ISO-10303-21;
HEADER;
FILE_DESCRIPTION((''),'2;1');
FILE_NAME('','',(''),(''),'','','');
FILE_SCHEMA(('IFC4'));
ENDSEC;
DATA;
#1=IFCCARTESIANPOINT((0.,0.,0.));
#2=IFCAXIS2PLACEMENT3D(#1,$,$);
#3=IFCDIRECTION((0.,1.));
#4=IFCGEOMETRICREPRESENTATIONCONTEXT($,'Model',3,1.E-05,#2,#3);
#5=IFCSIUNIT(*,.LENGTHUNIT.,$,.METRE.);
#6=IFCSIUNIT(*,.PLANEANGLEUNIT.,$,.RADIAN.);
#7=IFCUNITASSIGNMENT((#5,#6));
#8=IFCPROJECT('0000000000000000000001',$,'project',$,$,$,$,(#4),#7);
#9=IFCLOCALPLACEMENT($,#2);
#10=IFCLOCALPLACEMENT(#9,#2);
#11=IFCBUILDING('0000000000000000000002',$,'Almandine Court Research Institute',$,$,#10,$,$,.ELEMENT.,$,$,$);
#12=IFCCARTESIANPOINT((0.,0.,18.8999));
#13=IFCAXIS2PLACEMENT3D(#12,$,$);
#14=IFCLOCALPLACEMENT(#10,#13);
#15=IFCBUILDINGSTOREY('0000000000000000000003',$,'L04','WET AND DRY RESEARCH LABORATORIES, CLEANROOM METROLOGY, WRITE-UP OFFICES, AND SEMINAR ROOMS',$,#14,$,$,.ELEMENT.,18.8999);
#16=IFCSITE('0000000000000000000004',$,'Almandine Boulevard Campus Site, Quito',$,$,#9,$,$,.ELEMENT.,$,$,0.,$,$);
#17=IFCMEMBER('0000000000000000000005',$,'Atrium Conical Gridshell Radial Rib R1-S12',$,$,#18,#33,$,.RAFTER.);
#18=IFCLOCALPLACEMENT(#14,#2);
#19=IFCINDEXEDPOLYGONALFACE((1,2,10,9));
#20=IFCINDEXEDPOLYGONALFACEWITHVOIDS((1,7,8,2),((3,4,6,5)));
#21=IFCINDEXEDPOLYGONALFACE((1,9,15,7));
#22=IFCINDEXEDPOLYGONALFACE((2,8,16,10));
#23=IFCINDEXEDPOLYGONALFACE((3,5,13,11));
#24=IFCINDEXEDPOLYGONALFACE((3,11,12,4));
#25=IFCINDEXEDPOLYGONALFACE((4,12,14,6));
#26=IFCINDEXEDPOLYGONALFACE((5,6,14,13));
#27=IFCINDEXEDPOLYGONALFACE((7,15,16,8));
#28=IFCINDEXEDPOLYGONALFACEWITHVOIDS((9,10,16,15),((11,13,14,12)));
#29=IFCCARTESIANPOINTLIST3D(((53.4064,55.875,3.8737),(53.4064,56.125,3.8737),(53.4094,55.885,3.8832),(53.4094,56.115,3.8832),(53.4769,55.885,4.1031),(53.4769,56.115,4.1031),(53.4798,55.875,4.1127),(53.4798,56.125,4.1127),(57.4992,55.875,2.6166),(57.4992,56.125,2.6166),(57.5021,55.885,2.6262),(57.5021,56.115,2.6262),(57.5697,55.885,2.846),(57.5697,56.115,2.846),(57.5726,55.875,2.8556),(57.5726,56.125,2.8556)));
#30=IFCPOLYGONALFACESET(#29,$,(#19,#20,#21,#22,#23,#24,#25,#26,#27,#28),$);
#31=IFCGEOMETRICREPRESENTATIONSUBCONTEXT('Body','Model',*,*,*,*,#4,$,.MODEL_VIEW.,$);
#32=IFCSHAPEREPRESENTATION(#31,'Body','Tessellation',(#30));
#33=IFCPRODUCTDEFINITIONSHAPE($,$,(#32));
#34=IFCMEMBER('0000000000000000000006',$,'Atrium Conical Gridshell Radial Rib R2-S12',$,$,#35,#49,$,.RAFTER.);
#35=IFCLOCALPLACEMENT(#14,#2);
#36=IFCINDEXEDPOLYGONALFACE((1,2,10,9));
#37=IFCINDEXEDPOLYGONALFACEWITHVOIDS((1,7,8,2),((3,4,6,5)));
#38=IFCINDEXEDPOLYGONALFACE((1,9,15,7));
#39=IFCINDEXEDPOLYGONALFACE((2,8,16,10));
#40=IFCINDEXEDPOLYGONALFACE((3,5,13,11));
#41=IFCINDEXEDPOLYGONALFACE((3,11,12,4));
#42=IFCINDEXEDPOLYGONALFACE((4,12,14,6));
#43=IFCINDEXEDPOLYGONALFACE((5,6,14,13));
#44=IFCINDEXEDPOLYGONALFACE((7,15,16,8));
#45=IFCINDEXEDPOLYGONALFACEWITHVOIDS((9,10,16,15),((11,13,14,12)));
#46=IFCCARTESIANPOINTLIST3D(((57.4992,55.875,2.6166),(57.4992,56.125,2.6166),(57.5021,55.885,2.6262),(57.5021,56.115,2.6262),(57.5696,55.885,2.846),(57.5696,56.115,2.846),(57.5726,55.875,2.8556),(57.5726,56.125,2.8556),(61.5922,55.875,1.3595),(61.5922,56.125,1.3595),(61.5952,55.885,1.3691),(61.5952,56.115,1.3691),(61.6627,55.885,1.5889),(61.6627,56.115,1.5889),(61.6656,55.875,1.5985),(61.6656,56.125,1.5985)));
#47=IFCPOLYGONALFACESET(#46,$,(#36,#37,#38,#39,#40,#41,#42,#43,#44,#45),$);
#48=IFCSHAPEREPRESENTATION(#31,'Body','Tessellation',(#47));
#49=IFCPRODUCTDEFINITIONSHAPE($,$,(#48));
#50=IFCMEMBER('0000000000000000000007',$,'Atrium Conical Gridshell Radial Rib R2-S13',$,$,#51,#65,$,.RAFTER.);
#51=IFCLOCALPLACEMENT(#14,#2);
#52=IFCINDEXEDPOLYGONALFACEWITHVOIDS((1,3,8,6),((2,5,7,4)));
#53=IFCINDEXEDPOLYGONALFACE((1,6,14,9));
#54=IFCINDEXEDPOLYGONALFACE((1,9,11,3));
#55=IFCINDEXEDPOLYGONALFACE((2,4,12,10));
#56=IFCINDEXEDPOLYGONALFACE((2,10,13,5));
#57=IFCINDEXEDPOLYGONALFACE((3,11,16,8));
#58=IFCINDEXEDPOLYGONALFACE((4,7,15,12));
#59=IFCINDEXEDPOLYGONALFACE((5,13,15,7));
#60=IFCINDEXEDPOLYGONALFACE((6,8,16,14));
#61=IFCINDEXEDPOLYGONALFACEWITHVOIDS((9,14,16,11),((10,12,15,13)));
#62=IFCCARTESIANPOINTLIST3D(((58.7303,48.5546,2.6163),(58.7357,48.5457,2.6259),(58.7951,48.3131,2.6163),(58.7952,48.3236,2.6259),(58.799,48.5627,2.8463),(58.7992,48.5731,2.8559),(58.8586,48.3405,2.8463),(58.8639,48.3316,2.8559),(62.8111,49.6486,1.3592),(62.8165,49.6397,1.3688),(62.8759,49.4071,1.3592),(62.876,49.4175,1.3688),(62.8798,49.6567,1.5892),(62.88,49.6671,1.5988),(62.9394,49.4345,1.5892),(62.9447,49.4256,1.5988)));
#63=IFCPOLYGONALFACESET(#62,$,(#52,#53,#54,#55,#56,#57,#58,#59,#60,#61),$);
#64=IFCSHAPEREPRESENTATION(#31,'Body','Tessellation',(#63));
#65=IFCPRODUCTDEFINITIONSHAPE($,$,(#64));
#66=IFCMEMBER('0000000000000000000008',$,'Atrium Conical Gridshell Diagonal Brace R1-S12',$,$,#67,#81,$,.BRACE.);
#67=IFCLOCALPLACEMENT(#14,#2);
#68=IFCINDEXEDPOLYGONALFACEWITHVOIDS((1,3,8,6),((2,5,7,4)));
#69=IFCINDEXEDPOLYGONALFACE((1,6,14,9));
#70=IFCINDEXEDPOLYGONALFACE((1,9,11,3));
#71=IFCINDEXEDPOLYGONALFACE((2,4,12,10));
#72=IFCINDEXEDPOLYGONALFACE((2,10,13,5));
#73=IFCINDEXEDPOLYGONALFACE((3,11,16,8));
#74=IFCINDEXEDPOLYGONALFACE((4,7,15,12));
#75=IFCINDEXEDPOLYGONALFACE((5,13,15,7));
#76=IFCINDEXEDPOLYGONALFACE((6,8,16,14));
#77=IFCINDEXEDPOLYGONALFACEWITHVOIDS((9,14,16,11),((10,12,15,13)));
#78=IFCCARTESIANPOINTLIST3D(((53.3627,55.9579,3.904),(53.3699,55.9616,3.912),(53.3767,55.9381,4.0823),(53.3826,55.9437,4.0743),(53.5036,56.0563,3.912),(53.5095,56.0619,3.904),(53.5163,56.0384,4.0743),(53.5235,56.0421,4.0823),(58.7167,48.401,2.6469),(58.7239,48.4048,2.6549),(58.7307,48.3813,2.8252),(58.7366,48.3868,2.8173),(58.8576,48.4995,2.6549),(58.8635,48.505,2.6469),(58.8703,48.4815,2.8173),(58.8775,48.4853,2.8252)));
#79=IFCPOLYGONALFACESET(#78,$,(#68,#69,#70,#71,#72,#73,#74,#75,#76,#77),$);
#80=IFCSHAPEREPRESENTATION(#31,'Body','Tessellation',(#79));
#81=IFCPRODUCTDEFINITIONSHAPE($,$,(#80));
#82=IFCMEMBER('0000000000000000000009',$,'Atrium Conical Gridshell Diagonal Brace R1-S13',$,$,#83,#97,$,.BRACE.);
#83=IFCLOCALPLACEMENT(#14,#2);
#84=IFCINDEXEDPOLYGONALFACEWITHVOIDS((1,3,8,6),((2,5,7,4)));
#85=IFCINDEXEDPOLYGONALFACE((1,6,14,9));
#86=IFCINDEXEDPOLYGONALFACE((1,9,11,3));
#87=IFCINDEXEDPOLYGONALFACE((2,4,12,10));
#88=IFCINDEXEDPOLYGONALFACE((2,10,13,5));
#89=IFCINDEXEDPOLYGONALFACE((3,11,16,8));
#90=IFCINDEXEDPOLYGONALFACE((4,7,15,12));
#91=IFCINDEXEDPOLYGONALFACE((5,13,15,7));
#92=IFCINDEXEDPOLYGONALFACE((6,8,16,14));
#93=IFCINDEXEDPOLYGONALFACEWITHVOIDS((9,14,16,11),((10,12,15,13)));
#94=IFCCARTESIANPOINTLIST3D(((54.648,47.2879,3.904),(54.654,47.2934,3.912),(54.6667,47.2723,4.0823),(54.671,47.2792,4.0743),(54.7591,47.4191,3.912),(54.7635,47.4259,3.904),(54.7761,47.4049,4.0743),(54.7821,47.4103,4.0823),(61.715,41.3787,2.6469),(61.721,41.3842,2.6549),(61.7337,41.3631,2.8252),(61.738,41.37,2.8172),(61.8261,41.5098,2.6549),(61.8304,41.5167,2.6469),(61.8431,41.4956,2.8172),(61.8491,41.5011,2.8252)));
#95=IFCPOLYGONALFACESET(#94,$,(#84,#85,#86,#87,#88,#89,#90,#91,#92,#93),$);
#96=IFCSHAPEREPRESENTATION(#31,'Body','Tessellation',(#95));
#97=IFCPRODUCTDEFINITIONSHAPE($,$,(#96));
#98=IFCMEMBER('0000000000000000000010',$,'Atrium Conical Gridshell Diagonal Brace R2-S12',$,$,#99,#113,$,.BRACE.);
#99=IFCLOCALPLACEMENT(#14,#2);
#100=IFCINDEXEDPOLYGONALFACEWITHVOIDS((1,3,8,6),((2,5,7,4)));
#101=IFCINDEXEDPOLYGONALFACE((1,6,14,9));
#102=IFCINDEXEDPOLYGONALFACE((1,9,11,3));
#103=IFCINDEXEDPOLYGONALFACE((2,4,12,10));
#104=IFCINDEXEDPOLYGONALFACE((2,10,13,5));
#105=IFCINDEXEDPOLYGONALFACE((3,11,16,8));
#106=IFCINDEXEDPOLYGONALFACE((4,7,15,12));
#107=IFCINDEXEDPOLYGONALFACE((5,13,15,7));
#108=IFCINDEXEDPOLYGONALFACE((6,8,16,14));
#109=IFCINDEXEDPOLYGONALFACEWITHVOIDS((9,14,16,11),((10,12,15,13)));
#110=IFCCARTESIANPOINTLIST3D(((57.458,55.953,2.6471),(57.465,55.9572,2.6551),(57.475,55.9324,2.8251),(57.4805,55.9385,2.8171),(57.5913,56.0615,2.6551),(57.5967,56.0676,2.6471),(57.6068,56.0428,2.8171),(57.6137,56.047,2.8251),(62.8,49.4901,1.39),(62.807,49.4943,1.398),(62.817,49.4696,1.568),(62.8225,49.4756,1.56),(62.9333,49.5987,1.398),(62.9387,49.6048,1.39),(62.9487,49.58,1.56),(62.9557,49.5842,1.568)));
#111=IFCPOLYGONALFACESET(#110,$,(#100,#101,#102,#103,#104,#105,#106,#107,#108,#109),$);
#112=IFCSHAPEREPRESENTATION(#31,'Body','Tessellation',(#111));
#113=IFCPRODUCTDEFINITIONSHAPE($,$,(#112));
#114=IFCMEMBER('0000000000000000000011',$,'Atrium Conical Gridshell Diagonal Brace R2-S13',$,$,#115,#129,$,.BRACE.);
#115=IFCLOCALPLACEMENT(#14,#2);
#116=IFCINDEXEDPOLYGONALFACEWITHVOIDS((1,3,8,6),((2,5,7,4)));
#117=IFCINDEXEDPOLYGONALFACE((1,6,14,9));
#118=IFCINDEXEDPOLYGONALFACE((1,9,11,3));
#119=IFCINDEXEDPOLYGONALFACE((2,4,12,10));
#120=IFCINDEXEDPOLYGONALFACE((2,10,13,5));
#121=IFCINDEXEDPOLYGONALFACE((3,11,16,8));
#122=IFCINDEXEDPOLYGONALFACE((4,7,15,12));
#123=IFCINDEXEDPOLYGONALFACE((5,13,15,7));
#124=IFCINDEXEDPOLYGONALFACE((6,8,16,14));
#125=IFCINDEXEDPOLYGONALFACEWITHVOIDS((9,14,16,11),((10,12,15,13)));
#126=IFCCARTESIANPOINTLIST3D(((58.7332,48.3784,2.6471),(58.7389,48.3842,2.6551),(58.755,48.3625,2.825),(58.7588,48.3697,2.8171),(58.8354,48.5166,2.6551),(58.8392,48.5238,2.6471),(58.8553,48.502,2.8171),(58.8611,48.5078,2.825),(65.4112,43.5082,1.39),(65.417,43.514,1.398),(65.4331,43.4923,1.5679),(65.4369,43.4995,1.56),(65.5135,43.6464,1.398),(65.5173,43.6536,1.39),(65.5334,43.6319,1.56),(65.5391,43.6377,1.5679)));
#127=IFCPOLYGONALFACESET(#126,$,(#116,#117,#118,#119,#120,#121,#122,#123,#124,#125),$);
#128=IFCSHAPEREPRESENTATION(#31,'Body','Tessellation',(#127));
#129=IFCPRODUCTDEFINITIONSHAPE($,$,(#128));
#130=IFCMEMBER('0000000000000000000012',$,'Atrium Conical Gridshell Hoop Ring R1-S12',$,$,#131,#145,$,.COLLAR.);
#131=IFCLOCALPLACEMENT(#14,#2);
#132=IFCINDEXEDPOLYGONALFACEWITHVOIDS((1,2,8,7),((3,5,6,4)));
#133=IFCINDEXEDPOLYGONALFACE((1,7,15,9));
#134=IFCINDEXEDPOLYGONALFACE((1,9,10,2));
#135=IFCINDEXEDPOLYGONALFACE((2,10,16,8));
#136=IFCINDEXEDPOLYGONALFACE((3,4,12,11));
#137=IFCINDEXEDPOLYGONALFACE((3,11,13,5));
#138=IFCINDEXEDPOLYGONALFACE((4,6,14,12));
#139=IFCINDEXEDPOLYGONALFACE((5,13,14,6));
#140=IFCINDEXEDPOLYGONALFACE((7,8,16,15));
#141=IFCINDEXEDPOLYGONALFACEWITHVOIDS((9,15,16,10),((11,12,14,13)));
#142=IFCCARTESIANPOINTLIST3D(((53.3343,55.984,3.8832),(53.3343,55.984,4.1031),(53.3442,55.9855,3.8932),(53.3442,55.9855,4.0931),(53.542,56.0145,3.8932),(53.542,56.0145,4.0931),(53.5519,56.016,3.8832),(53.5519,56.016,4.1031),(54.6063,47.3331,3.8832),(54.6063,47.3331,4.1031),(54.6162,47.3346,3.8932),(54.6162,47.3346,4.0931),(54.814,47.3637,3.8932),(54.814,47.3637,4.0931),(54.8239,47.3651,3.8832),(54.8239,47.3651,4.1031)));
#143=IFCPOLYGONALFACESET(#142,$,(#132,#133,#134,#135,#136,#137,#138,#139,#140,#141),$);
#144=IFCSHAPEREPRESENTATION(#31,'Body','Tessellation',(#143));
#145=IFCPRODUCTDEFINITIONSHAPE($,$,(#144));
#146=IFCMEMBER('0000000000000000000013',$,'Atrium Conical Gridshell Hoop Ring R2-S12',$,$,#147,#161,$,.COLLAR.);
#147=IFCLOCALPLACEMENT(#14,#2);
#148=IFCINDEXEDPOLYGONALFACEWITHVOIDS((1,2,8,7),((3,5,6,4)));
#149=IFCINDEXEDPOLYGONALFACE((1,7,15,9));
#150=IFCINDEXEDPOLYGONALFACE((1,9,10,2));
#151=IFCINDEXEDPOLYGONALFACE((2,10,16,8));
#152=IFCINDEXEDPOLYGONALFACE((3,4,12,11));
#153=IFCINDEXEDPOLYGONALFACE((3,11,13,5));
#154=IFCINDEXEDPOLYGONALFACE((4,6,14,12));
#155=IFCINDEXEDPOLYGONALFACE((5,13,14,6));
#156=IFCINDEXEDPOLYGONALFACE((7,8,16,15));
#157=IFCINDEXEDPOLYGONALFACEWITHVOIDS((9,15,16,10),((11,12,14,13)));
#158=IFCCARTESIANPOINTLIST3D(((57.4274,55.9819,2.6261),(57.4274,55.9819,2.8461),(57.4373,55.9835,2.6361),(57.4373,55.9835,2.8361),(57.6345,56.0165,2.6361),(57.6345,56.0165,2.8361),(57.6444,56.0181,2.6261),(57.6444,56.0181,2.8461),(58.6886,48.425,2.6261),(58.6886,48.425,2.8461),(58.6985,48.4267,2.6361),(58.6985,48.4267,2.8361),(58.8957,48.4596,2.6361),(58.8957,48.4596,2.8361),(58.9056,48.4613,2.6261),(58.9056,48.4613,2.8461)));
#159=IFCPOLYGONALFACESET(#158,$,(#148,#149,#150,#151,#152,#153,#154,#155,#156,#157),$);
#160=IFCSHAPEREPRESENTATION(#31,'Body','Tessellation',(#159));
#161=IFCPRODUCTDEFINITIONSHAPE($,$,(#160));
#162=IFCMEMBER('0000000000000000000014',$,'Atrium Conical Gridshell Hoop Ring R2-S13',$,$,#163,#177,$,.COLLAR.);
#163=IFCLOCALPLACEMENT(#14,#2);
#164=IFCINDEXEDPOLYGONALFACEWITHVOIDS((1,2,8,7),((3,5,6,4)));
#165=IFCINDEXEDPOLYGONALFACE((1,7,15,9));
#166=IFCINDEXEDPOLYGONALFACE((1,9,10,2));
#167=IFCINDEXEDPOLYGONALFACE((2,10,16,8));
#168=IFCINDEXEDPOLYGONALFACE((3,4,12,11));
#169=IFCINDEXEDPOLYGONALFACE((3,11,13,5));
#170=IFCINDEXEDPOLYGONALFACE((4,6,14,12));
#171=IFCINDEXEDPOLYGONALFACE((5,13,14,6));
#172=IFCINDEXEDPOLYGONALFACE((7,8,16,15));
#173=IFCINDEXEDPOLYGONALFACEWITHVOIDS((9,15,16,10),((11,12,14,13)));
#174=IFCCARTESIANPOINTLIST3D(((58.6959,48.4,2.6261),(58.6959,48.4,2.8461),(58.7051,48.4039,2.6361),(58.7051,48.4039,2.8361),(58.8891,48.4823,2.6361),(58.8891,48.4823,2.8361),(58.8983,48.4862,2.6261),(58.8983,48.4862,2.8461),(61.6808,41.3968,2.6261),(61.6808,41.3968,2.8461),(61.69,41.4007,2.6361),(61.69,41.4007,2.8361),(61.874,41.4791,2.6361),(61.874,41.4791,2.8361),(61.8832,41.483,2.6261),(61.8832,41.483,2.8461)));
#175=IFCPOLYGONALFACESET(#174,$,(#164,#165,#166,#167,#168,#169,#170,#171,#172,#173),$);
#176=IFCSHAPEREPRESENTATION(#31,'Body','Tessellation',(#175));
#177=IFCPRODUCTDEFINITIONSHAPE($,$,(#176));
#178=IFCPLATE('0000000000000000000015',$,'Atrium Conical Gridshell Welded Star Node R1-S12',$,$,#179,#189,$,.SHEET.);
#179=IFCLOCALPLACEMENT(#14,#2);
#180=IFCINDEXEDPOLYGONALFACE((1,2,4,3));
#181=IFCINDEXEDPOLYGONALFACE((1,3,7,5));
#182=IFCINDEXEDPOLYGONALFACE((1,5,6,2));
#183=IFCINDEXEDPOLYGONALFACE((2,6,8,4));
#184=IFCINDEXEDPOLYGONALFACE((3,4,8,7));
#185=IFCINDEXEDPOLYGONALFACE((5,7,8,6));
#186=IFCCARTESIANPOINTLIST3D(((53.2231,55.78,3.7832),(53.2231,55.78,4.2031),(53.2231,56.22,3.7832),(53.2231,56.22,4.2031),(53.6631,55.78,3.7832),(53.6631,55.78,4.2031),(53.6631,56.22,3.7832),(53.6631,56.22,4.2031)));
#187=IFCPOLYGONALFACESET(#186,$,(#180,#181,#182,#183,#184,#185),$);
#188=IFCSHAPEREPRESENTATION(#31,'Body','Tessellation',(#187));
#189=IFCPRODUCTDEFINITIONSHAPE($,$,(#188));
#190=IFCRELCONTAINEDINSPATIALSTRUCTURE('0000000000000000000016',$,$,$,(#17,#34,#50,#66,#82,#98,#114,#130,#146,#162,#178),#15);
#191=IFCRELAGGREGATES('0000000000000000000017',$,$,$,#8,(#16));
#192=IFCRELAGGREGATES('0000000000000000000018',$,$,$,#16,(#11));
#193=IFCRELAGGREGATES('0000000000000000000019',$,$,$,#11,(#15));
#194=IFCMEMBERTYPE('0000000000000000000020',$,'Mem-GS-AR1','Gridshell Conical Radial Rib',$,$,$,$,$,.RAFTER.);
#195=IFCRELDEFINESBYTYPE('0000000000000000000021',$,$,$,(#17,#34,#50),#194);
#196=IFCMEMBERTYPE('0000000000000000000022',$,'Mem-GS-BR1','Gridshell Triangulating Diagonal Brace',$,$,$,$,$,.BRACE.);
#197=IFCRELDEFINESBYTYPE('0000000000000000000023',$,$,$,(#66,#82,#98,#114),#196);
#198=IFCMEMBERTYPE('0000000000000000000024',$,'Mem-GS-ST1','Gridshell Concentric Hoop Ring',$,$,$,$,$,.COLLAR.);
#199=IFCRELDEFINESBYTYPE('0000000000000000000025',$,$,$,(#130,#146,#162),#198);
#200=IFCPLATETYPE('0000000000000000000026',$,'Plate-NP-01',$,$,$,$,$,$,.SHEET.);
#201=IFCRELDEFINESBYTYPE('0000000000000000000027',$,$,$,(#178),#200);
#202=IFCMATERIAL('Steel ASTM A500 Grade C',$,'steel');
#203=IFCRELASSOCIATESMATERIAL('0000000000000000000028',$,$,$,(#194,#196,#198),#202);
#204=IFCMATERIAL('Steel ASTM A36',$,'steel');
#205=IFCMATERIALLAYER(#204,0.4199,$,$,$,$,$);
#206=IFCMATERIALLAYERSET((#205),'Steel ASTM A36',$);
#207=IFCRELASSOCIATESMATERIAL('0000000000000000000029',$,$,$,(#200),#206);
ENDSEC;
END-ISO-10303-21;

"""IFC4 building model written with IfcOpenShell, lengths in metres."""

from ifc_helpers import new_model, si_unit, direction, frame, origin, origin_2d, place, context, subcontext, project, spatial, rectangle, hollow_rectangle, extrude, material, layer, layer_set, material_profile, profile_set, type_object, element, save


model = new_model("IFC4")

# Units and contexts
model_context = context("Model", 3, precision=1e-05, world=origin(), true_north=direction((0.0, 1.0)))
body_context = subcontext(model_context, "Body", "Model", "MODEL_VIEW")
ifc_project = project(units=[si_unit("LENGTHUNIT", "METRE"), si_unit("PLANEANGLEUNIT", "RADIAN")], contexts=[model_context])

# Site, building, storey
site_placement = place(None, origin())
site = spatial("IfcSite", under=ifc_project, at=site_placement, Name="Almandine Boulevard Campus Site, Quito", CompositionType="ELEMENT", RefElevation=0.0)
building_placement = place(site_placement, origin())
building = spatial("IfcBuilding", under=site, at=building_placement, Name="Almandine Court Research Institute", CompositionType="ELEMENT")
storey_placement = place(building_placement, frame((0.0, 0.0, 18.8999)))
storey = spatial("IfcBuildingStorey", under=building, at=storey_placement, Name="L04", Description="WET AND DRY RESEARCH LABORATORIES, CLEANROOM METROLOGY, WRITE-UP OFFICES, AND SEMINAR ROOMS", CompositionType="ELEMENT", Elevation=18.8999)

# Members
ifc_material_1 = material(Name="Steel ASTM A500 Grade C", Category="steel")
ifc_material_profile_1 = material_profile(ifc_material_1, hollow_rectangle(XDim=0.25, YDim=0.25, WallThickness=0.01, at=origin_2d()), Name="HSS 250x250x10")
ifc_profile_set_1 = profile_set([ifc_material_profile_1], Name="Steel ASTM A500 Grade C")
member_type_1 = type_object("IfcMemberType", Name="Mem-GS-AR1", Description="Gridshell Conical Radial Rib", PredefinedType="RAFTER", material=ifc_profile_set_1)
member_1_placement = place(storey_placement, frame((53.4431, 56.0, 3.9932), z_axis=(0.955926, 0.0, -0.293609), x_axis=(0.0, 1.0, 0.0)))
element("IfcMember", 1, at=member_1_placement, inside=storey, type_object=member_type_1, Name="Atrium Conical Gridshell Radial Rib R1-S12", PredefinedType="RAFTER", context=body_context, shape_type="SweptSolid", body=[
    extrude(hollow_rectangle(XDim=0.25, YDim=0.25, WallThickness=0.01, at=origin_2d()), origin(), (0.0, 0.0, 1.0), 4.2815),
])
member_2_placement = place(storey_placement, frame((57.5359, 56.0, 2.7361), z_axis=(0.955931, 0.0, -0.293593), x_axis=(0.0, 1.0, 0.0)))
element("IfcMember", 2, at=member_2_placement, inside=storey, type_object=member_type_1, Name="Atrium Conical Gridshell Radial Rib R2-S12", PredefinedType="RAFTER", context=body_context, shape_type="SweptSolid", body=[
    extrude(hollow_rectangle(XDim=0.25, YDim=0.25, WallThickness=0.01, at=origin_2d()), origin(), (0.0, 0.0, 1.0), 4.2817),
])
member_3_placement = place(storey_placement, frame((58.7971, 48.4431, 2.7361), z_axis=(0.925783, 0.248186, -0.285184), x_axis=(-0.258939, 0.965894, 0.0)))
element("IfcMember", 3, at=member_3_placement, inside=storey, type_object=member_type_1, Name="Atrium Conical Gridshell Radial Rib R2-S13", PredefinedType="RAFTER", context=body_context, shape_type="SweptSolid", body=[
    extrude(hollow_rectangle(XDim=0.25, YDim=0.25, WallThickness=0.01, at=origin_2d()), origin(), (0.0, 0.0, 1.0), 4.408),
])
ifc_material_profile_2 = material_profile(ifc_material_1, hollow_rectangle(XDim=0.1799, YDim=0.1799, WallThickness=0.0081, at=origin_2d()), Name="HSS 180x180x8")
ifc_profile_set_2 = profile_set([ifc_material_profile_2], Name="Steel ASTM A500 Grade C")
member_type_2 = type_object("IfcMemberType", Name="Mem-GS-BR1", Description="Gridshell Triangulating Diagonal Brace", PredefinedType="BRACE", material=ifc_profile_set_2)
member_4_placement = place(storey_placement, frame((53.4431, 56.0, 3.9932), z_axis=(0.572851, -0.808549, -0.134501), x_axis=(0.815963, 0.578104, 0.0)))
element("IfcMember", 4, at=member_4_placement, inside=storey, type_object=member_type_2, Name="Atrium Conical Gridshell Diagonal Brace R1-S12", PredefinedType="BRACE", context=body_context, shape_type="SweptSolid", body=[
    extrude(hollow_rectangle(XDim=0.1799, YDim=0.1799, WallThickness=0.0081, at=origin_2d()), origin(), (0.0, 0.0, 1.0), 9.3462),
])
member_5_placement = place(storey_placement, frame((54.7151, 47.3491, 3.9932), z_axis=(0.760102, -0.635581, -0.135209), x_axis=(0.641471, 0.767147, 0.0)))
element("IfcMember", 5, at=member_5_placement, inside=storey, type_object=member_type_2, Name="Atrium Conical Gridshell Diagonal Brace R1-S13", PredefinedType="BRACE", context=body_context, shape_type="SweptSolid", body=[
    extrude(hollow_rectangle(XDim=0.1799, YDim=0.1799, WallThickness=0.0081, at=origin_2d()), origin(), (0.0, 0.0, 1.0), 9.2974),
])
member_6_placement = place(storey_placement, frame((57.5359, 56.0, 2.7361), z_axis=(0.630062, -0.762259, -0.148265), x_axis=(0.770778, 0.637103, 0.0)))
element("IfcMember", 6, at=member_6_placement, inside=storey, type_object=member_type_2, Name="Atrium Conical Gridshell Diagonal Brace R2-S12", PredefinedType="BRACE", context=body_context, shape_type="SweptSolid", body=[
    extrude(hollow_rectangle(XDim=0.1799, YDim=0.1799, WallThickness=0.0081, at=origin_2d()), origin(), (0.0, 0.0, 1.0), 8.4785),
])
member_7_placement = place(storey_placement, frame((58.7971, 48.4431, 2.7361), z_axis=(0.798778, -0.582533, -0.150364), x_axis=(0.589232, 0.807964, 0.0)))
element("IfcMember", 7, at=member_7_placement, inside=storey, type_object=member_type_2, Name="Atrium Conical Gridshell Diagonal Brace R2-S13", PredefinedType="BRACE", context=body_context, shape_type="SweptSolid", body=[
    extrude(hollow_rectangle(XDim=0.1799, YDim=0.1799, WallThickness=0.0081, at=origin_2d()), origin(), (0.0, 0.0, 1.0), 8.3604),
])
ifc_material_profile_3 = material_profile(ifc_material_1, hollow_rectangle(XDim=0.22, YDim=0.22, WallThickness=0.01, at=origin_2d()), Name="HSS 220x220x10")
ifc_profile_set_3 = profile_set([ifc_material_profile_3], Name="Steel ASTM A500 Grade C")
member_type_3 = type_object("IfcMemberType", Name="Mem-GS-ST1", Description="Gridshell Concentric Hoop Ring", PredefinedType="COLLAR", material=ifc_profile_set_3)
member_8_placement = place(storey_placement, frame((53.4431, 56.0, 3.9932), z_axis=(0.14547, -0.989363, 0.0), x_axis=(0.989363, 0.14547, 0.0)))
element("IfcMember", 8, at=member_8_placement, inside=storey, type_object=member_type_3, Name="Atrium Conical Gridshell Hoop Ring R1-S12", PredefinedType="COLLAR", context=body_context, shape_type="SweptSolid", body=[
    extrude(hollow_rectangle(XDim=0.22, YDim=0.22, WallThickness=0.01, at=origin_2d()), origin(), (0.0, 0.0, 1.0), 8.7439),
])
member_9_placement = place(storey_placement, frame((57.5359, 56.0, 2.7361), z_axis=(0.164621, -0.986357, 0.0), x_axis=(0.986357, 0.164621, 0.0)))
element("IfcMember", 9, at=member_9_placement, inside=storey, type_object=member_type_3, Name="Atrium Conical Gridshell Hoop Ring R2-S12", PredefinedType="COLLAR", context=body_context, shape_type="SweptSolid", body=[
    extrude(hollow_rectangle(XDim=0.22, YDim=0.22, WallThickness=0.01, at=origin_2d()), origin(), (0.0, 0.0, 1.0), 7.6614),
])
member_10_placement = place(storey_placement, frame((58.7971, 48.4431, 2.7361), z_axis=(0.392088, -0.919928, 0.0), x_axis=(0.919928, 0.392088, 0.0)))
element("IfcMember", 10, at=member_10_placement, inside=storey, type_object=member_type_3, Name="Atrium Conical Gridshell Hoop Ring R2-S13", PredefinedType="COLLAR", context=body_context, shape_type="SweptSolid", body=[
    extrude(hollow_rectangle(XDim=0.22, YDim=0.22, WallThickness=0.01, at=origin_2d()), origin(), (0.0, 0.0, 1.0), 7.6128),
])

# Plate
ifc_material_2 = material(Name="Steel ASTM A36", Category="steel")
ifc_layer_1 = layer(ifc_material_2, 0.4199)
ifc_layer_set_1 = layer_set([ifc_layer_1], Name="Steel ASTM A36")
plate_type = type_object("IfcPlateType", Name="Plate-NP-01", PredefinedType="SHEET", material=ifc_layer_set_1)
for number, where, z_axis, x_axis, name in (
    (11, (53.4431, 56.0, 3.7832), (0.0, 0.0, 1.0), (1.0, 0.0, 0.0), "Atrium Conical Gridshell Welded Star Node R1-S12"),
):
    element("IfcPlate", number, at=place(storey_placement, frame(where, z_axis=z_axis, x_axis=x_axis)), inside=storey, type_object=plate_type, Name=name, PredefinedType="SHEET", context=body_context, shape_type="SweptSolid", body=[
        extrude(rectangle(XDim=0.4399, YDim=0.4399, at=origin_2d()), origin(), (0.0, 0.0, 1.0), 0.4199),
    ])

save(model, "model.ifc")
